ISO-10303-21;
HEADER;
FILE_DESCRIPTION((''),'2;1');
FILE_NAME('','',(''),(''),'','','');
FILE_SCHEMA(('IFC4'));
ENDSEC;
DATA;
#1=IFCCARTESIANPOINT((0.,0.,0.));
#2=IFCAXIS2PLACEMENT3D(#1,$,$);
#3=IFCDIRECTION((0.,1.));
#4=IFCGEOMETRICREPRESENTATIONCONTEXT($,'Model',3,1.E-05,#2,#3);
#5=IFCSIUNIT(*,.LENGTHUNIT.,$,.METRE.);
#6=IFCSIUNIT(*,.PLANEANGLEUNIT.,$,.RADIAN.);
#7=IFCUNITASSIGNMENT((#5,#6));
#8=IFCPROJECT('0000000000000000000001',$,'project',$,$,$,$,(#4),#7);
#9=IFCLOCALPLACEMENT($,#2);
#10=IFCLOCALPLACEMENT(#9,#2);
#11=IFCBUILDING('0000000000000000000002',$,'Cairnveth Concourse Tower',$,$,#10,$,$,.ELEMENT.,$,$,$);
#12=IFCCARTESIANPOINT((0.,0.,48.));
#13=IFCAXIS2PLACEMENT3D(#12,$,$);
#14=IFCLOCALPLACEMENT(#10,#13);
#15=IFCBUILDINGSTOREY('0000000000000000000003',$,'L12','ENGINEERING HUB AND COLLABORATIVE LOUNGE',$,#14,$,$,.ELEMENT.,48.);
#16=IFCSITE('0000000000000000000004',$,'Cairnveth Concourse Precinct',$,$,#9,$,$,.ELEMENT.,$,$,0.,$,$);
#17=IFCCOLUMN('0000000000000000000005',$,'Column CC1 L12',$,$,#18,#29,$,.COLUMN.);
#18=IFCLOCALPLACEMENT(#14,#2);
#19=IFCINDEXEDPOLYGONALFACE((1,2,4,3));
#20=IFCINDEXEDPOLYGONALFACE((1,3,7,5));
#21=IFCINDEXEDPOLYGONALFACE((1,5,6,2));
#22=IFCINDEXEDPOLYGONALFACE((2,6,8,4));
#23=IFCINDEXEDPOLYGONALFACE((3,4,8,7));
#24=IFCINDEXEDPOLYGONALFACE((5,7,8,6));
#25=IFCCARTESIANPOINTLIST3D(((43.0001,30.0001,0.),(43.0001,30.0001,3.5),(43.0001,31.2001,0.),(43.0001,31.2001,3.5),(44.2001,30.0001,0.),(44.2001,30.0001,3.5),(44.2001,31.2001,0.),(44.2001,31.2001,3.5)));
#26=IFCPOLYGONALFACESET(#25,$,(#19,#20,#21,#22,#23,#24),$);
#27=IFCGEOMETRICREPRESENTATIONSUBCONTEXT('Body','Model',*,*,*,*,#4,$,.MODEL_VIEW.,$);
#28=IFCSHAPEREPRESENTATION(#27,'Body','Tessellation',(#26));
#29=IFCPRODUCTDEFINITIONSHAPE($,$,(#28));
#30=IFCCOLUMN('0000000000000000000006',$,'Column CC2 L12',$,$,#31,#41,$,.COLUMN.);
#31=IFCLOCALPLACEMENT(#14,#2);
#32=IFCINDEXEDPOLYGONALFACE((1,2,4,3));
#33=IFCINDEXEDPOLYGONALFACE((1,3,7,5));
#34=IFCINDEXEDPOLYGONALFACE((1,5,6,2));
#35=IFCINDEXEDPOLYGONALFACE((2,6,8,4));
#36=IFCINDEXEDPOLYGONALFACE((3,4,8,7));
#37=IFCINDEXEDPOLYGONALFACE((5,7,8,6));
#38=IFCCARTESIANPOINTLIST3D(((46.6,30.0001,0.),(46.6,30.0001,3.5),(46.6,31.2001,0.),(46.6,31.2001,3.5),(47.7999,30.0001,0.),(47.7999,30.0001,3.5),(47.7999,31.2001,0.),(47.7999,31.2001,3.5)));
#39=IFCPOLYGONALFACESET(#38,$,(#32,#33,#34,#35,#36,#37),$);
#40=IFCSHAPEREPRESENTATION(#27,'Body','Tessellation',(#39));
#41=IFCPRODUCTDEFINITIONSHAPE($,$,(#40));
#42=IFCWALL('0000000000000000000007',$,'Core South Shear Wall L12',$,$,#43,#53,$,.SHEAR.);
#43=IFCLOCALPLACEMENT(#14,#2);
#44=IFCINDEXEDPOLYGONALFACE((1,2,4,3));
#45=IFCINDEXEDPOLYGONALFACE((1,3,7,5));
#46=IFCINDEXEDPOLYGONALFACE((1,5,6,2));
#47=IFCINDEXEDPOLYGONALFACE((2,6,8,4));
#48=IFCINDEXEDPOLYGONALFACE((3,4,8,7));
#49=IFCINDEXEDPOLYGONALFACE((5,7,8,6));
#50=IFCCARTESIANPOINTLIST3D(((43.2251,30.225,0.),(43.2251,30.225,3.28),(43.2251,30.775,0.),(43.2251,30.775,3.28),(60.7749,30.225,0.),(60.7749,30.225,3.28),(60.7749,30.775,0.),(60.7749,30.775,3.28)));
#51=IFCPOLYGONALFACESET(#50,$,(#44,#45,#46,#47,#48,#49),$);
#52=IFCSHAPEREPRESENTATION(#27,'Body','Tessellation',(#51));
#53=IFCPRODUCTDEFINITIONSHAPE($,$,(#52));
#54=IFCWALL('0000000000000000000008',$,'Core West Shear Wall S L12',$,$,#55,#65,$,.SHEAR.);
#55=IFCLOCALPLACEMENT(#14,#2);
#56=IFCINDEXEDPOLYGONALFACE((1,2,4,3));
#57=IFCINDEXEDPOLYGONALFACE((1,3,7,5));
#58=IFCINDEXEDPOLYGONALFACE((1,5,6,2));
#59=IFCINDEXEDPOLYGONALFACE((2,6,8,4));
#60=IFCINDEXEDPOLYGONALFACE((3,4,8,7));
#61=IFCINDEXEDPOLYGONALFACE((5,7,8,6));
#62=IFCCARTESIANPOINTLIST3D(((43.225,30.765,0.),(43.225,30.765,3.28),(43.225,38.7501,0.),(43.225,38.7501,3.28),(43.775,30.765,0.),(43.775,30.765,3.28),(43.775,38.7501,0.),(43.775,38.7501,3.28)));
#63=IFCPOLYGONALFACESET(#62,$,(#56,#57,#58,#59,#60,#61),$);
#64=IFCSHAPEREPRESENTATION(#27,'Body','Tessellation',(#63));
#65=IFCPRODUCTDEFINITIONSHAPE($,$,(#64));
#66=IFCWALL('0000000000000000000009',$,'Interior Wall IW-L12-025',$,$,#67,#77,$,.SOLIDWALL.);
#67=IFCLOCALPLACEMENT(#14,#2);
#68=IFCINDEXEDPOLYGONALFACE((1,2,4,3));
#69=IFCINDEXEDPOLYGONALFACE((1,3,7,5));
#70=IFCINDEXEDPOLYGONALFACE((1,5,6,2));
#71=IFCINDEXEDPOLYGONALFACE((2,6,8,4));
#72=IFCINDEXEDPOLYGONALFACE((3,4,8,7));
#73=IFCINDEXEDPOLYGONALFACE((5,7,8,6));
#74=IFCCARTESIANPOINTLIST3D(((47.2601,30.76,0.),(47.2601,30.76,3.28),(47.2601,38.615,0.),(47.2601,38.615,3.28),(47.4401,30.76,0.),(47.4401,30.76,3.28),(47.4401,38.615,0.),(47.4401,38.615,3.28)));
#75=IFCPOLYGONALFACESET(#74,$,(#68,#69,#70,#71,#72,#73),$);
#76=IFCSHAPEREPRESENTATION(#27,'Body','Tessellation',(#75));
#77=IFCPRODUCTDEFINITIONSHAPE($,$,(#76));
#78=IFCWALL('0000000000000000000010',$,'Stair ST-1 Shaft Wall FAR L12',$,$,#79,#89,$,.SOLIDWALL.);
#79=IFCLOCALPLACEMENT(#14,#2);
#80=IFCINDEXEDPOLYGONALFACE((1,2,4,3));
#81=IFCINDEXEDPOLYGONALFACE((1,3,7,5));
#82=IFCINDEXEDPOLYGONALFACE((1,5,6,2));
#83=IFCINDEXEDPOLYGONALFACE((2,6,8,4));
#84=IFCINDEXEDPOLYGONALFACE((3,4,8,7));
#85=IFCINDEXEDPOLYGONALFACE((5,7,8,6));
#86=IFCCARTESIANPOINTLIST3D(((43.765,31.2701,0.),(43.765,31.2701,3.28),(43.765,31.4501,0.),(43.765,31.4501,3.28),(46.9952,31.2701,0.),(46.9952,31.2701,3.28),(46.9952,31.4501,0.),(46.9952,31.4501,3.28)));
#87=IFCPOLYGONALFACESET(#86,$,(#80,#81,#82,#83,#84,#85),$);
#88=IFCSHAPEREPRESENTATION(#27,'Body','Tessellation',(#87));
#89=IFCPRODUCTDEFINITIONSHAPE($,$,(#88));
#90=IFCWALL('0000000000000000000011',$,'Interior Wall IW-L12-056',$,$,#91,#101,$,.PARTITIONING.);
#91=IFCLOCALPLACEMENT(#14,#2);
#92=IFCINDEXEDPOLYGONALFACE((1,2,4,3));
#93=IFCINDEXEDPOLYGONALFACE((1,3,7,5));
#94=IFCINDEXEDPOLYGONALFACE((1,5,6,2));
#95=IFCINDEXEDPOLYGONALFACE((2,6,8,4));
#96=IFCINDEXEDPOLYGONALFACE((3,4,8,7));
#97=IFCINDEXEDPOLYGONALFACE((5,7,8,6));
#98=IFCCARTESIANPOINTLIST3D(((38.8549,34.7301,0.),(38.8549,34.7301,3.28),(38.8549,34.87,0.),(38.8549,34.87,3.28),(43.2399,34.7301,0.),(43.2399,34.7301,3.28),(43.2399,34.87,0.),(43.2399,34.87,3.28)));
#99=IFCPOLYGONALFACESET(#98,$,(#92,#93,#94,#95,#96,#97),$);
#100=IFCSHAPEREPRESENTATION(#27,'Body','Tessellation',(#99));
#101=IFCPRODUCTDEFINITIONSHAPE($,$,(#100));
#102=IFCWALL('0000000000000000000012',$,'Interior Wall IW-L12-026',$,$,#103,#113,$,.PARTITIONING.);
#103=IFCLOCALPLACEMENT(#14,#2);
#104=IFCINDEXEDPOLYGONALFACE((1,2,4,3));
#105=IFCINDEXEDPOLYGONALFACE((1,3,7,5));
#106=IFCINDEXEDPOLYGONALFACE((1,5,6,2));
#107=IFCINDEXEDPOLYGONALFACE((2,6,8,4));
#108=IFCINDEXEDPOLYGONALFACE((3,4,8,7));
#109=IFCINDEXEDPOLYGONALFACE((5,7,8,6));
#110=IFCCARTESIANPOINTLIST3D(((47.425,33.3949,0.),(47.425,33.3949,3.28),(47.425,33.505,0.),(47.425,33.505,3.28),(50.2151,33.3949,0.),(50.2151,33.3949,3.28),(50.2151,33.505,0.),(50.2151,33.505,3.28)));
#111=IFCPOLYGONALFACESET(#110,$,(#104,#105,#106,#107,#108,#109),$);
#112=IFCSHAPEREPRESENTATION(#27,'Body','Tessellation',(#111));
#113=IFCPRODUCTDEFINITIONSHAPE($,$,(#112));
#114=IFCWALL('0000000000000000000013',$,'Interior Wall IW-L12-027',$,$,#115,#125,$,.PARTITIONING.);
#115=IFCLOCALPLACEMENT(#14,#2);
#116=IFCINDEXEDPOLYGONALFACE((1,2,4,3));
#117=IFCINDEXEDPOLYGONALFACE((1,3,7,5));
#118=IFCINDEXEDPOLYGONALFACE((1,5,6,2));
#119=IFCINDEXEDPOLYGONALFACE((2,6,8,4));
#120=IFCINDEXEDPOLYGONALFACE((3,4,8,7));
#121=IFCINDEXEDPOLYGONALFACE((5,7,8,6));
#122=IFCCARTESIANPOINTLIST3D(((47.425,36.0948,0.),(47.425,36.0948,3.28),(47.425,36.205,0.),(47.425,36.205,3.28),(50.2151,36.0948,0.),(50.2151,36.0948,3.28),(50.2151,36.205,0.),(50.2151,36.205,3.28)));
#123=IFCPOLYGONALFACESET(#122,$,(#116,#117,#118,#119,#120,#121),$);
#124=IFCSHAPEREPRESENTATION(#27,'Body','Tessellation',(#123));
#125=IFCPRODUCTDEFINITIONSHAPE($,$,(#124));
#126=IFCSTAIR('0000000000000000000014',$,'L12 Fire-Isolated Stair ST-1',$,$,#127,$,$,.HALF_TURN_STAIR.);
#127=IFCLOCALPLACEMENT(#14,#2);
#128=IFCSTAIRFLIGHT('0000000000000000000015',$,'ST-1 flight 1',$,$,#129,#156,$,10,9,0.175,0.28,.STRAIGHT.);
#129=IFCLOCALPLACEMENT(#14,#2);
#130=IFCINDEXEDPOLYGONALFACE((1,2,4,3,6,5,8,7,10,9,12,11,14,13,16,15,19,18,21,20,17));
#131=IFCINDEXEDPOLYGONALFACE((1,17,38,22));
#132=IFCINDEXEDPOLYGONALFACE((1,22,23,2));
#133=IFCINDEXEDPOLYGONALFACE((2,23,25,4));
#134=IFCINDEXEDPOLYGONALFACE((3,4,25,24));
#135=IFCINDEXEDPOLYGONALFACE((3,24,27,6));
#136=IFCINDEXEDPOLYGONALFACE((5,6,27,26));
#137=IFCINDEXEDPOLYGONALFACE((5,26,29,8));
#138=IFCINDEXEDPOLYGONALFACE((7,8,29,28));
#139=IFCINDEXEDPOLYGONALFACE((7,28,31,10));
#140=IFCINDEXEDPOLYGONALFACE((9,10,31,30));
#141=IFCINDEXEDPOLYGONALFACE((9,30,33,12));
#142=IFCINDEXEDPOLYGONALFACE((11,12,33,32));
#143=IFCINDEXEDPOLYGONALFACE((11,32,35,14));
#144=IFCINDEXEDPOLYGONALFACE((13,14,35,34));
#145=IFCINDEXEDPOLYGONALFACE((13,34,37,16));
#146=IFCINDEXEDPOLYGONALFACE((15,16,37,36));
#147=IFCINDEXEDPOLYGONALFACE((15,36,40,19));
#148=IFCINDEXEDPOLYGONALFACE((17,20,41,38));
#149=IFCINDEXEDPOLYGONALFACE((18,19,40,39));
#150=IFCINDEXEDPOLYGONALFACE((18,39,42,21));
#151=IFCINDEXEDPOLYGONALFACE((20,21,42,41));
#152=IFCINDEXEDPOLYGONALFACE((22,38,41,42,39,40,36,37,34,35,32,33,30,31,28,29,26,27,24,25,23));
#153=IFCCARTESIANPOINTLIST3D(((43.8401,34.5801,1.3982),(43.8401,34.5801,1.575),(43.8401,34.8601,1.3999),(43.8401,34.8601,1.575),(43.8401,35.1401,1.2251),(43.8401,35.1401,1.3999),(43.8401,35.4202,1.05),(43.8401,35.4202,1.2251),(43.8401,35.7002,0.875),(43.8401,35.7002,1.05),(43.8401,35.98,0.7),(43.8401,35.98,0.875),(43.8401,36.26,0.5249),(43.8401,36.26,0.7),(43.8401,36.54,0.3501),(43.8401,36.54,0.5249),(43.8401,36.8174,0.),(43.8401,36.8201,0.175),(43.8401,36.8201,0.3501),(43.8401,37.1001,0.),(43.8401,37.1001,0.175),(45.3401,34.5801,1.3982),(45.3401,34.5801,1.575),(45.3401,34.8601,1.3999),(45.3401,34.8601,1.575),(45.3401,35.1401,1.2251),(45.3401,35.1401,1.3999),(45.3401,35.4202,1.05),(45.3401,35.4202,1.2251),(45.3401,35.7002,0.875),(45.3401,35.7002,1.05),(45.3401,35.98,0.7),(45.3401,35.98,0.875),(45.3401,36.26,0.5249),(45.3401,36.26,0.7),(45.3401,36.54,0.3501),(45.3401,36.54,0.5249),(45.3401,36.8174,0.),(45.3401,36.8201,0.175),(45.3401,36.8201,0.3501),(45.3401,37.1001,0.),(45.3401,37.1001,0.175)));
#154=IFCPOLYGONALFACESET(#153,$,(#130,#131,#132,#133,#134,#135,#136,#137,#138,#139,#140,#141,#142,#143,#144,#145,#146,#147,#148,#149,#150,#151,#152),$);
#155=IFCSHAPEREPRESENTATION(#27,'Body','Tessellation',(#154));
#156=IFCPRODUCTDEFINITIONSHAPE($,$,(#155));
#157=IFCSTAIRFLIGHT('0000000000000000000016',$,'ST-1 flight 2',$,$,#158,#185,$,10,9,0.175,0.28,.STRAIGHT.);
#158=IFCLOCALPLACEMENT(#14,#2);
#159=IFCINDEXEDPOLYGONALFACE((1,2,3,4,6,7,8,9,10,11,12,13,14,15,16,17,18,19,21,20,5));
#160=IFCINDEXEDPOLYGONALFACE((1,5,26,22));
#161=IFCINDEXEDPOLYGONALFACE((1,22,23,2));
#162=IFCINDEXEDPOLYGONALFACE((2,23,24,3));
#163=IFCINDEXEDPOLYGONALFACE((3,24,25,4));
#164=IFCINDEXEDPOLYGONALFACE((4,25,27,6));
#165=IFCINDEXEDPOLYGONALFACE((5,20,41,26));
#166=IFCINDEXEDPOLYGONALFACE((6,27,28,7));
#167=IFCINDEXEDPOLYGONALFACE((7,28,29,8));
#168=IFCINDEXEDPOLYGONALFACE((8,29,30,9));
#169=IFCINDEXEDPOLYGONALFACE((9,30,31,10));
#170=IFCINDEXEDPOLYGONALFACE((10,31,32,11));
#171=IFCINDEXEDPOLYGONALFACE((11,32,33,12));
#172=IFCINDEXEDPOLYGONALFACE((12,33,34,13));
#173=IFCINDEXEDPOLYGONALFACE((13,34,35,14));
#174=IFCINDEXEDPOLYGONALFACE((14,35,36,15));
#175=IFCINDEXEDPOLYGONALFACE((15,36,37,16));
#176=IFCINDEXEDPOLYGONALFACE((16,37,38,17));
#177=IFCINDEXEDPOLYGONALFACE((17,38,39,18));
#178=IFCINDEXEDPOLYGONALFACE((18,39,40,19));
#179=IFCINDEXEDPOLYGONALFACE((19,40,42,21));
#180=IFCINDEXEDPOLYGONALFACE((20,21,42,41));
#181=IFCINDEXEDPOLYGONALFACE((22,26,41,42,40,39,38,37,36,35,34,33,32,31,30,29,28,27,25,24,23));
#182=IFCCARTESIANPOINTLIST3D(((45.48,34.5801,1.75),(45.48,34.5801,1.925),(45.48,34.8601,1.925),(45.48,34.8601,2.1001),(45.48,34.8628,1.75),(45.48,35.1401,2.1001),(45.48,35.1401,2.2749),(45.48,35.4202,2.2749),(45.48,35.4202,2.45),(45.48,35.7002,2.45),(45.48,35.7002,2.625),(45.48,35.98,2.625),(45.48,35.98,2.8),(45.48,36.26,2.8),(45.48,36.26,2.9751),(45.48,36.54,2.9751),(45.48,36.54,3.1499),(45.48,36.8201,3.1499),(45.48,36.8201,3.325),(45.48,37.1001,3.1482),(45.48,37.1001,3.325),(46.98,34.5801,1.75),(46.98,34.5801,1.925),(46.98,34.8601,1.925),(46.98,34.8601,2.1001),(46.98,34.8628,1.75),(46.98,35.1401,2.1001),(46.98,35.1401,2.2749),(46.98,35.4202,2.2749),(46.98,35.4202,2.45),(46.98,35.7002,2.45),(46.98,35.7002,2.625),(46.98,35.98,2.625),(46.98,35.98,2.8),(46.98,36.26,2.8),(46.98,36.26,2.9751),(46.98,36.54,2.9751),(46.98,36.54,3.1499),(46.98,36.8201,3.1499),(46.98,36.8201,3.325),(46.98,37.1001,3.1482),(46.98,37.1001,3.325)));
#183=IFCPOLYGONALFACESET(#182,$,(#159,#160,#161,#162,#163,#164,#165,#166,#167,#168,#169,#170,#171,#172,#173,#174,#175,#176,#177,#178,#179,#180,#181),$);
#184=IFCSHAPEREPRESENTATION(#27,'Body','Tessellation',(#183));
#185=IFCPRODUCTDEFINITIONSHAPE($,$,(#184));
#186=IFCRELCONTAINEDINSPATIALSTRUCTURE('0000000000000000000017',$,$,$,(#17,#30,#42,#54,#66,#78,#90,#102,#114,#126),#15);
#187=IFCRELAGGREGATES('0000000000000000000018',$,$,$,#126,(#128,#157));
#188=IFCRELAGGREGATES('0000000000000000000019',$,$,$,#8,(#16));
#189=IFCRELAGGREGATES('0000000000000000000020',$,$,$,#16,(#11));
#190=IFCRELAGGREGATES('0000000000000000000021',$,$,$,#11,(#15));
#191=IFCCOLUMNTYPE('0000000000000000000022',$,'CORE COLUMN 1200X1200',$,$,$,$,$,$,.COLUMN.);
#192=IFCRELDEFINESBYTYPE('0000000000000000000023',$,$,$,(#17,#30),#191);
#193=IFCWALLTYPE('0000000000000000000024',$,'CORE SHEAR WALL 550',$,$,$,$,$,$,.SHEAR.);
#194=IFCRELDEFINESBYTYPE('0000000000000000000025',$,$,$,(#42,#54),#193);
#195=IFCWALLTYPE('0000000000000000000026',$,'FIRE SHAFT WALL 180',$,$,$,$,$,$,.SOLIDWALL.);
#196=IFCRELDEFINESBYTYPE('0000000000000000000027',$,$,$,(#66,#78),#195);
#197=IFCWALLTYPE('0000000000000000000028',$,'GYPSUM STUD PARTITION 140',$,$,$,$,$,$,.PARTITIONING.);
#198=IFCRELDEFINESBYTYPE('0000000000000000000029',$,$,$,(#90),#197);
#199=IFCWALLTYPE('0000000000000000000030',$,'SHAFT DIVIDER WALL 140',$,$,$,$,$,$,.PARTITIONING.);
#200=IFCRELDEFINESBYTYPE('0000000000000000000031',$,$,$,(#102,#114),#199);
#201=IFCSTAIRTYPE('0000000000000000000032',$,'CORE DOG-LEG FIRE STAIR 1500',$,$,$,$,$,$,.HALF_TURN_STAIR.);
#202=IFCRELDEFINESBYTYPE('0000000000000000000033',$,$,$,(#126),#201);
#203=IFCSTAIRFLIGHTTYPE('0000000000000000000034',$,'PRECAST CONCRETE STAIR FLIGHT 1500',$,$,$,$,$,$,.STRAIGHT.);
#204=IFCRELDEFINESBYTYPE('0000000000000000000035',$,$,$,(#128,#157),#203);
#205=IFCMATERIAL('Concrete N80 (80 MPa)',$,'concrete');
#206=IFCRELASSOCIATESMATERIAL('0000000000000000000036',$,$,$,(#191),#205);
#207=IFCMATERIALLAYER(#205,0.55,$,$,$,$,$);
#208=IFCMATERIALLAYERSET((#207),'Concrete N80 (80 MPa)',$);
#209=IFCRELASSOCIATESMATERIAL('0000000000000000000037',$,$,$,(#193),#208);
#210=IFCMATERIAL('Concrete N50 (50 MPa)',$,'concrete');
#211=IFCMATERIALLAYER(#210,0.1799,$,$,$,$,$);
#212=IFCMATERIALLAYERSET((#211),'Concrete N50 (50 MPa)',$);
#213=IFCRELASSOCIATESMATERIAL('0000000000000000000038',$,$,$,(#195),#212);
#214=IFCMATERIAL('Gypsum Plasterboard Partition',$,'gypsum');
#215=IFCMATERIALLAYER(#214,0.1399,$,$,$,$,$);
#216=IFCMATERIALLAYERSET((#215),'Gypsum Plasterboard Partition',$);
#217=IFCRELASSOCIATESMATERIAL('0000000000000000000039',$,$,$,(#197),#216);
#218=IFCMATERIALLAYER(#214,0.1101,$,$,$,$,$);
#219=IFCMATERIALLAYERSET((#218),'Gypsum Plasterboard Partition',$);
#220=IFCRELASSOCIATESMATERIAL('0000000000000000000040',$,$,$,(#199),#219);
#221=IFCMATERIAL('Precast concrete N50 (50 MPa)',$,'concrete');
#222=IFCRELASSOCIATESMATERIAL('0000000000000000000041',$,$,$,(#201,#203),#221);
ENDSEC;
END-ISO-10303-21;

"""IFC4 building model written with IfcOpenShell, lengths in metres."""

from ifc_helpers import new_model, si_unit, direction, frame, frame_2d, origin, origin_2d, place, context, subcontext, project, spatial, polyline, rectangle, outline, extrude, material, layer, layer_set, material_profile, profile_set, type_object, element, aggregate, save


model = new_model("IFC4")

# Units and contexts
model_context = context("Model", 3, precision=1e-05, world=origin(), true_north=direction((0.0, 1.0)))
body_context = subcontext(model_context, "Body", "Model", "MODEL_VIEW")
ifc_project = project(units=[si_unit("LENGTHUNIT", "METRE"), si_unit("PLANEANGLEUNIT", "RADIAN")], contexts=[model_context])

# Site, building, storey
site_placement = place(None, origin())
site = spatial("IfcSite", under=ifc_project, at=site_placement, Name="Cairnveth Concourse Precinct", CompositionType="ELEMENT", RefElevation=0.0)
building_placement = place(site_placement, origin())
building = spatial("IfcBuilding", under=site, at=building_placement, Name="Cairnveth Concourse Tower", CompositionType="ELEMENT")
storey_placement = place(building_placement, frame((0.0, 0.0, 48.0)))
storey = spatial("IfcBuildingStorey", under=building, at=storey_placement, Name="L12", Description="ENGINEERING HUB AND COLLABORATIVE LOUNGE", CompositionType="ELEMENT", Elevation=48.0)

# Columns
ifc_material_1 = material(Name="Concrete N80 (80 MPa)", Category="concrete")
ifc_material_profile = material_profile(ifc_material_1, rectangle(XDim=1.2, YDim=1.2, at=origin_2d()), Name="RC-COL-1200x1200")
ifc_profile_set = profile_set([ifc_material_profile], Name="Concrete N80 (80 MPa)")
column_type = type_object("IfcColumnType", Name="CORE COLUMN 1200X1200", PredefinedType="COLUMN", material=ifc_profile_set)
for number, where, z_axis, x_axis, name in (
    (1, (43.6001, 30.6001, 0.0), (0.0, 0.0, 1.0), (1.0, 0.0, 0.0), "Column CC1 L12"),
    (2, (47.2, 30.6001, 0.0), (0.0, 0.0, 1.0), (1.0, 0.0, 0.0), "Column CC2 L12"),
):
    element("IfcColumn", number, at=place(storey_placement, frame(where, z_axis=z_axis, x_axis=x_axis)), inside=storey, type_object=column_type, Name=name, PredefinedType="COLUMN", context=body_context, shape_type="SweptSolid", body=[
        extrude(rectangle(XDim=1.2, YDim=1.2, at=origin_2d()), origin(), (0.0, 0.0, 1.0), 3.5),
    ])

# Walls
ifc_layer_1 = layer(ifc_material_1, 0.55)
ifc_layer_set_1 = layer_set([ifc_layer_1], Name="Concrete N80 (80 MPa)")
wall_type_1 = type_object("IfcWallType", Name="CORE SHEAR WALL 550", PredefinedType="SHEAR", material=ifc_layer_set_1)
wall_1_placement = place(storey_placement, frame((43.2251, 30.5, 0.0), z_axis=(0.0, 0.0, 1.0), x_axis=(1.0, 0.0, 0.0)))
element("IfcWall", 3, at=wall_1_placement, inside=storey, type_object=wall_type_1, Name="Core South Shear Wall L12", PredefinedType="SHEAR", context=body_context, shape_type="SweptSolid", body=[
    extrude(rectangle(XDim=17.5498, YDim=0.55, at=frame_2d((8.7749, 0.0))), origin(), (0.0, 0.0, 1.0), 3.28),
])
wall_2_placement = place(storey_placement, frame((43.5, 30.7649, 0.0), z_axis=(0.0, 0.0, 1.0), x_axis=(0.0, 1.0, 0.0)))
element("IfcWall", 4, at=wall_2_placement, inside=storey, type_object=wall_type_1, Name="Core West Shear Wall S L12", PredefinedType="SHEAR", context=body_context, shape_type="SweptSolid", body=[
    extrude(rectangle(XDim=7.9851, YDim=0.55, at=frame_2d((3.9927, 0.0))), origin(), (0.0, 0.0, 1.0), 3.28),
])
ifc_material_2 = material(Name="Concrete N50 (50 MPa)", Category="concrete")
ifc_layer_2 = layer(ifc_material_2, 0.1799)
ifc_layer_set_2 = layer_set([ifc_layer_2], Name="Concrete N50 (50 MPa)")
wall_type_2 = type_object("IfcWallType", Name="FIRE SHAFT WALL 180", PredefinedType="SOLIDWALL", material=ifc_layer_set_2)
wall_3_placement = place(storey_placement, frame((47.3501, 30.76, 0.0), z_axis=(0.0, 0.0, 1.0), x_axis=(0.0, 1.0, 0.0)))
element("IfcWall", 5, at=wall_3_placement, inside=storey, type_object=wall_type_2, Name="Interior Wall IW-L12-025", PredefinedType="SOLIDWALL", context=body_context, shape_type="SweptSolid", body=[
    extrude(rectangle(XDim=7.855, YDim=0.1799, at=frame_2d((3.9275, 0.0))), origin(), (0.0, 0.0, 1.0), 3.28),
])
wall_4_placement = place(storey_placement, frame((43.7649, 31.3601, 0.0), z_axis=(0.0, 0.0, 1.0), x_axis=(1.0, 0.0, 0.0)))
element("IfcWall", 6, at=wall_4_placement, inside=storey, type_object=wall_type_2, Name="Stair ST-1 Shaft Wall FAR L12", PredefinedType="SOLIDWALL", context=body_context, shape_type="SweptSolid", body=[
    extrude(rectangle(XDim=3.2302, YDim=0.1799, at=frame_2d((1.6152, 0.0))), origin(), (0.0, 0.0, 1.0), 3.28),
])
ifc_material_3 = material(Name="Gypsum Plasterboard Partition", Category="gypsum")
ifc_layer_3 = layer(ifc_material_3, 0.1399)
ifc_layer_set_3 = layer_set([ifc_layer_3], Name="Gypsum Plasterboard Partition")
wall_type_3 = type_object("IfcWallType", Name="GYPSUM STUD PARTITION 140", PredefinedType="PARTITIONING", material=ifc_layer_set_3)
wall_5_placement = place(storey_placement, frame((38.855, 34.8, 0.0), z_axis=(0.0, 0.0, 1.0), x_axis=(1.0, 0.0, 0.0)))
element("IfcWall", 7, at=wall_5_placement, inside=storey, type_object=wall_type_3, Name="Interior Wall IW-L12-056", PredefinedType="PARTITIONING", context=body_context, shape_type="SweptSolid", body=[
    extrude(rectangle(XDim=4.385, YDim=0.1399, at=frame_2d((2.1924, 0.0))), origin(), (0.0, 0.0, 1.0), 3.28),
])
ifc_layer_4 = layer(ifc_material_3, 0.1101)
ifc_layer_set_4 = layer_set([ifc_layer_4], Name="Gypsum Plasterboard Partition")
wall_type_4 = type_object("IfcWallType", Name="SHAFT DIVIDER WALL 140", PredefinedType="PARTITIONING", material=ifc_layer_set_4)
for number, where, z_axis, x_axis, name in (
    (8, (47.425, 33.45, 0.0), (0.0, 0.0, 1.0), (1.0, 0.0, 0.0), "Interior Wall IW-L12-026"),
    (9, (47.425, 36.1499, 0.0), (0.0, 0.0, 1.0), (1.0, 0.0, 0.0), "Interior Wall IW-L12-027"),
):
    element("IfcWall", number, at=place(storey_placement, frame(where, z_axis=z_axis, x_axis=x_axis)), inside=storey, type_object=wall_type_4, Name=name, PredefinedType="PARTITIONING", context=body_context, shape_type="SweptSolid", body=[
        extrude(rectangle(XDim=2.79, YDim=0.1101, at=frame_2d((1.395, 0.0))), origin(), (0.0, 0.0, 1.0), 3.28),
    ])

# Stair, stair flights
ifc_material_4 = material(Name="Precast concrete N50 (50 MPa)", Category="concrete")
stair_type = type_object("IfcStairType", Name="CORE DOG-LEG FIRE STAIR 1500", PredefinedType="HALF_TURN_STAIR", material=ifc_material_4)
stair_placement = place(storey_placement, origin())
stair = element("IfcStair", 10, at=stair_placement, inside=storey, type_object=stair_type, Name="L12 Fire-Isolated Stair ST-1", PredefinedType="HALF_TURN_STAIR")
stair_flight_type = type_object("IfcStairFlightType", Name="PRECAST CONCRETE STAIR FLIGHT 1500", PredefinedType="STRAIGHT", material=ifc_material_4)
stair_flight_1_placement = place(storey_placement, frame((44.5901, 37.1001, 0.0), z_axis=(0.0, 0.0, 1.0), x_axis=(0.0, -1.0, 0.0)))
stair_flight_1 = element("IfcStairFlight", 11, at=stair_flight_1_placement, type_object=stair_flight_type, Name="ST-1 flight 1", NumberOfRisers=10, NumberOfTreads=9, PredefinedType="STRAIGHT", RiserHeight=0.175, TreadLength=0.28, context=body_context, shape_type="SweptSolid", body=[
    extrude(outline(polyline([(0.0, 0.0), (0.0, 0.175), (0.28, 0.175), (0.28, 0.3501), (0.5601, 0.3501), (0.5601, 0.5249), (0.8401, 0.5249), (0.8401, 0.7), (1.1201, 0.7), (1.1201, 0.875), (1.3999, 0.875), (1.3999, 1.05), (1.6799, 1.05), (1.6799, 1.2251), (1.96, 1.2251), (1.96, 1.3999), (2.24, 1.3999), (2.24, 1.575), (2.52, 1.575), (2.52, 1.75), (2.52, 1.3982), (0.2827, 0.0), (0.0, 0.0)])), frame((0.0, 0.75, 0.0), z_axis=(0.0, -1.0, 0.0), x_axis=(1.0, 0.0, 0.0)), (0.0, 0.0, 1.0), 1.5),
])
stair_flight_2_placement = place(storey_placement, frame((46.23, 34.5801, 1.75), z_axis=(0.0, 0.0, 1.0), x_axis=(0.0, 1.0, 0.0)))
stair_flight_2 = element("IfcStairFlight", 12, at=stair_flight_2_placement, type_object=stair_flight_type, Name="ST-1 flight 2", NumberOfRisers=10, NumberOfTreads=9, PredefinedType="STRAIGHT", RiserHeight=0.175, TreadLength=0.28, context=body_context, shape_type="SweptSolid", body=[
    extrude(outline(polyline([(0.0, 0.0), (0.0, 0.175), (0.28, 0.175), (0.28, 0.3501), (0.5601, 0.3501), (0.5601, 0.5249), (0.8401, 0.5249), (0.8401, 0.7), (1.1201, 0.7), (1.1201, 0.875), (1.3999, 0.875), (1.3999, 1.05), (1.6799, 1.05), (1.6799, 1.2251), (1.96, 1.2251), (1.96, 1.3999), (2.24, 1.3999), (2.24, 1.575), (2.52, 1.575), (2.52, 1.75), (2.52, 1.3982), (0.2827, 0.0), (0.0, 0.0)])), frame((0.0, 0.75, 0.0), z_axis=(0.0, -1.0, 0.0), x_axis=(1.0, 0.0, 0.0)), (0.0, 0.0, 1.0), 1.5),
])
aggregate(stair, [stair_flight_1, stair_flight_2])

save(model, "model.ifc")
